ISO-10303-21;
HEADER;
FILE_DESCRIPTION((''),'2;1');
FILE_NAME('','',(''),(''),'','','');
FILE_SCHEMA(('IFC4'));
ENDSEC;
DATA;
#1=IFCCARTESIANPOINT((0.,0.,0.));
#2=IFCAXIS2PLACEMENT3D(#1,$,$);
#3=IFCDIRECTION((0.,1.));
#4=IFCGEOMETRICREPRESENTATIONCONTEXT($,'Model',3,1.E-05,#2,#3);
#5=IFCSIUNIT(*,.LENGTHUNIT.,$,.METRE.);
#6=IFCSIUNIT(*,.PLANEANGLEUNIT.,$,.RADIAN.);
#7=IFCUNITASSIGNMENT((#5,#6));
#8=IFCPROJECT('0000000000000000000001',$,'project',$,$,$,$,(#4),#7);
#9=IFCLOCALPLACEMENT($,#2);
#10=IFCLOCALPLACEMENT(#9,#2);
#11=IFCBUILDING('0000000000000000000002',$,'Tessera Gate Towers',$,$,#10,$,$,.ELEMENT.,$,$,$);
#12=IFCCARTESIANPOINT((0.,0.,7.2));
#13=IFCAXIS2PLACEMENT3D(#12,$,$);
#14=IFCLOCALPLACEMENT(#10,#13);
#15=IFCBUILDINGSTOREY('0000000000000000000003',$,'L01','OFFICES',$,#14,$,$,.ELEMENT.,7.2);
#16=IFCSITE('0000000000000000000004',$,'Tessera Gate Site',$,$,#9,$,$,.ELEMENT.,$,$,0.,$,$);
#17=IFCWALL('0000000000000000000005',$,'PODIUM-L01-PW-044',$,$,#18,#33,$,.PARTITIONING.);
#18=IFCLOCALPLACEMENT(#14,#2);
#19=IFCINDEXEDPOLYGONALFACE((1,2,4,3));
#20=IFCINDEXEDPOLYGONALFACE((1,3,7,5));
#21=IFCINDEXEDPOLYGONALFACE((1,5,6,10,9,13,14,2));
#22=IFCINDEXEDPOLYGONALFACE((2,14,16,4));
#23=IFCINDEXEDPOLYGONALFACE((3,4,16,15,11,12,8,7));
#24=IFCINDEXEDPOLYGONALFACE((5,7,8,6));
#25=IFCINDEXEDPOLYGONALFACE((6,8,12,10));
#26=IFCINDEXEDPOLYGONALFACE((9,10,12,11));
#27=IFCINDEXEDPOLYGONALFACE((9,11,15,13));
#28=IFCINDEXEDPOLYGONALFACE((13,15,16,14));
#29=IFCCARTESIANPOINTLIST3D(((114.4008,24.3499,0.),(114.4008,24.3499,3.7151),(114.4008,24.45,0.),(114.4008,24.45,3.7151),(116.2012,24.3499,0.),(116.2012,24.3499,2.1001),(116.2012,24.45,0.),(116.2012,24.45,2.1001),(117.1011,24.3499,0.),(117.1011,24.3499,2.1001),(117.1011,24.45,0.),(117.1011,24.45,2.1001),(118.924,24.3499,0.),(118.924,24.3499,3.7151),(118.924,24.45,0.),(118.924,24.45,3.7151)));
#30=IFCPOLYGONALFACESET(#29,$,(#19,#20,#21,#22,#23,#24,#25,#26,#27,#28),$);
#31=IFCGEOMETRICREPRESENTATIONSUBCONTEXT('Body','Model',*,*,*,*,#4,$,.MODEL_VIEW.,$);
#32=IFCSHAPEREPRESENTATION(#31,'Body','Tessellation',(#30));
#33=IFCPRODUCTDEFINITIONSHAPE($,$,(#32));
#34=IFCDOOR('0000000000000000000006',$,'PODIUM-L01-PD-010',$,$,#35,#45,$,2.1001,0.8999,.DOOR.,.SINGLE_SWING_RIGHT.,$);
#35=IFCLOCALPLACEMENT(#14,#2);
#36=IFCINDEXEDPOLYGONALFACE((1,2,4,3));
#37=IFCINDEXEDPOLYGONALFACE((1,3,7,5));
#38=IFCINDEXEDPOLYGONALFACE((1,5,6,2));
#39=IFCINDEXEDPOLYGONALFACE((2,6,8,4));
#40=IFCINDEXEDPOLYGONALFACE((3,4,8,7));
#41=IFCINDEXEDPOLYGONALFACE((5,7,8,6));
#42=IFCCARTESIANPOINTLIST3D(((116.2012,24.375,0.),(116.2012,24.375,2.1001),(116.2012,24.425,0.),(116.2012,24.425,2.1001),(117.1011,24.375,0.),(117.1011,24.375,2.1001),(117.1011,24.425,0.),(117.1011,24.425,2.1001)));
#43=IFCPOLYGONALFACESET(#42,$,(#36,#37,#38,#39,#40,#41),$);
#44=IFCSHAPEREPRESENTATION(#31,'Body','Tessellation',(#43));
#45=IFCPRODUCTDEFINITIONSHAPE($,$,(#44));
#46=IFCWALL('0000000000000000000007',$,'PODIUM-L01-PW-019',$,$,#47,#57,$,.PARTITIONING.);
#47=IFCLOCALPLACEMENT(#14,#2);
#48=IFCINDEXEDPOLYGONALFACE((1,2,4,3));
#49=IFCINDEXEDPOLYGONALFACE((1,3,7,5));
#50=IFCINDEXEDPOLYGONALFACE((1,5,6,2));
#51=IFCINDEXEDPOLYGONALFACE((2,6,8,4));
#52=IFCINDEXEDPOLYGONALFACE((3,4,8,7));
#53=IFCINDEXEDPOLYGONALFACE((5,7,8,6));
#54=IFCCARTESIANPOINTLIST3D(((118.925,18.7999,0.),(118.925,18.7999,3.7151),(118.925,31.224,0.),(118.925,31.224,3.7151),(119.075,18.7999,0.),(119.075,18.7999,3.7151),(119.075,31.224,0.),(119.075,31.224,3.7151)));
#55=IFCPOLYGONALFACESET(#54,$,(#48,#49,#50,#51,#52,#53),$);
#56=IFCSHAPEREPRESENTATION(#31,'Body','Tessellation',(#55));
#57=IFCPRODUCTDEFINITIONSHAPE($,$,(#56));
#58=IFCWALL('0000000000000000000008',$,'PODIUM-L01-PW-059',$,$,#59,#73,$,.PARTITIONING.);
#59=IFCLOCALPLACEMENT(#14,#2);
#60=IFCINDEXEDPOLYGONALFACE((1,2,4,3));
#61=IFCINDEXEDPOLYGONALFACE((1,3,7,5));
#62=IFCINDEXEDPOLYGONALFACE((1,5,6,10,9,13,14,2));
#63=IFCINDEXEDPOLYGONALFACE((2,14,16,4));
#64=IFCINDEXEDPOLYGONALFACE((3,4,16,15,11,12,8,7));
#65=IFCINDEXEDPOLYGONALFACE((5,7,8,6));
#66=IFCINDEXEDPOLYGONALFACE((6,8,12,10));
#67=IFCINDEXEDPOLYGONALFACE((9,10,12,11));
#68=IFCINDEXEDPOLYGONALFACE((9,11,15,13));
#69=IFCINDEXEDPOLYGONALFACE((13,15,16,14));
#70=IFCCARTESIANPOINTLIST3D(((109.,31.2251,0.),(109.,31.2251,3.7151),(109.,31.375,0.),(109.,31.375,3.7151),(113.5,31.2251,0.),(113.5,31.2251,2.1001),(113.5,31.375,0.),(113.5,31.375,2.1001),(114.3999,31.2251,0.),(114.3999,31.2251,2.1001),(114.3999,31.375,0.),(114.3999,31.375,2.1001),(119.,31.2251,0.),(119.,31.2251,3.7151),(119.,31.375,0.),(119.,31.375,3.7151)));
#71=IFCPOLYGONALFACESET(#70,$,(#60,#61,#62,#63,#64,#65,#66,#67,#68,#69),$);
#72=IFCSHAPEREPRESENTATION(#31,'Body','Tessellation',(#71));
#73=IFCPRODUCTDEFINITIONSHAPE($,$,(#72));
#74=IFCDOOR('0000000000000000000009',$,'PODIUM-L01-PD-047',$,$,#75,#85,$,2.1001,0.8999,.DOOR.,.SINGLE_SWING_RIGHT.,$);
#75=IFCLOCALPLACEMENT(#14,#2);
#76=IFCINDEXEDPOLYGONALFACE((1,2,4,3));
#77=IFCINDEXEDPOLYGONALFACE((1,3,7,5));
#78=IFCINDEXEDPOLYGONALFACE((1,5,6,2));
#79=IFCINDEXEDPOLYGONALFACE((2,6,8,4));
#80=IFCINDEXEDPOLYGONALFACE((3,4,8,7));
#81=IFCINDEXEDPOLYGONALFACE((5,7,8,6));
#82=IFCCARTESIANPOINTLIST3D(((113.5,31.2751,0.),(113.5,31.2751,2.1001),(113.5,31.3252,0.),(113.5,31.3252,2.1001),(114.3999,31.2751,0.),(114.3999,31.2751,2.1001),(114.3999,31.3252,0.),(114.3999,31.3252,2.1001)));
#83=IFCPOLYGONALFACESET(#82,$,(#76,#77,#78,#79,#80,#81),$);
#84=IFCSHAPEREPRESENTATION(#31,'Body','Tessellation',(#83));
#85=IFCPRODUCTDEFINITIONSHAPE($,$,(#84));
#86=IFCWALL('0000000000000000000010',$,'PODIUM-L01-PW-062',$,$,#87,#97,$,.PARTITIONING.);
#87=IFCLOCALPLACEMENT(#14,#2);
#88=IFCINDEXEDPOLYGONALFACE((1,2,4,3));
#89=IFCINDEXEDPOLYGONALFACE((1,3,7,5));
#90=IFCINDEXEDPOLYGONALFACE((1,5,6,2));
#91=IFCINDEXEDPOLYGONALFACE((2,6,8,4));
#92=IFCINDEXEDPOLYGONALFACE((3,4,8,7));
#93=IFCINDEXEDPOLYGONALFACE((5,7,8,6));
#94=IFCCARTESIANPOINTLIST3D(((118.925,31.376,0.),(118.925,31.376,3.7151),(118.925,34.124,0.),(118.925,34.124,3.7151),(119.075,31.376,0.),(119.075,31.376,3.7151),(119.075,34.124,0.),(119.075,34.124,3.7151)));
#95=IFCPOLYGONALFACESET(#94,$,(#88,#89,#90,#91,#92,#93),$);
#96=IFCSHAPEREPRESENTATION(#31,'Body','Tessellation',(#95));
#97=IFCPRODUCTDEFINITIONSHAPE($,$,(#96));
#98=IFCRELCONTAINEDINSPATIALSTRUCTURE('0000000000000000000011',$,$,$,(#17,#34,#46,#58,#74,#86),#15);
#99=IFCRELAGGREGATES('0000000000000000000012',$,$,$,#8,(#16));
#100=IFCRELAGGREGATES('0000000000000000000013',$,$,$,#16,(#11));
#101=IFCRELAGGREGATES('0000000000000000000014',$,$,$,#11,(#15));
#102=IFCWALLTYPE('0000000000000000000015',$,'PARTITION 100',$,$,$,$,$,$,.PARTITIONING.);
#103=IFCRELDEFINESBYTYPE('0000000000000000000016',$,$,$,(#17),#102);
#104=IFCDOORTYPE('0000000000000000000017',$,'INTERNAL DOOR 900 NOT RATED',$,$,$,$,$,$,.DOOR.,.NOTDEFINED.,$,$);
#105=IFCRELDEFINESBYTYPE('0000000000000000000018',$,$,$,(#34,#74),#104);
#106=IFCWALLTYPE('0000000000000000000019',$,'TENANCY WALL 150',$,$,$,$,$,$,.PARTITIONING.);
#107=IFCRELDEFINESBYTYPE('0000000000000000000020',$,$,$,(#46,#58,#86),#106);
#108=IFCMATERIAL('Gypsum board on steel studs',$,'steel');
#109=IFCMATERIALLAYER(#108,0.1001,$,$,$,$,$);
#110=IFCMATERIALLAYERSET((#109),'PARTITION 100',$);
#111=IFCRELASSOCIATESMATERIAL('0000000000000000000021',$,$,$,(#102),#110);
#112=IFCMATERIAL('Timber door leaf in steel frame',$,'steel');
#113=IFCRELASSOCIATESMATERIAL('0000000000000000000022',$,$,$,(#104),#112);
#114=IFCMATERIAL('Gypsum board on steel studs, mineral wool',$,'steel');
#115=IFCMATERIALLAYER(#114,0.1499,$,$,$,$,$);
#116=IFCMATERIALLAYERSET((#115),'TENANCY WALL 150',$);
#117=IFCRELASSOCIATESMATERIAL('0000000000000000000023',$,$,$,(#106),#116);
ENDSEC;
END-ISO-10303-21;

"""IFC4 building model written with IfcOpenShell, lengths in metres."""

from ifc_helpers import new_model, si_unit, direction, frame, frame_2d, origin, place, context, subcontext, project, spatial, rectangle, extrude, source, transform, mapped, material, layer, layer_set, type_object, element, fill, save


model = new_model("IFC4")

# Units and contexts
model_context = context("Model", 3, precision=1e-05, world=origin(), true_north=direction((0.0, 1.0)))
body_context = subcontext(model_context, "Body", "Model", "MODEL_VIEW")
ifc_project = project(units=[si_unit("LENGTHUNIT", "METRE"), si_unit("PLANEANGLEUNIT", "RADIAN")], contexts=[model_context])

# Site, building, storey
site_placement = place(None, origin())
site = spatial("IfcSite", under=ifc_project, at=site_placement, Name="Tessera Gate Site", CompositionType="ELEMENT", RefElevation=0.0)
building_placement = place(site_placement, origin())
building = spatial("IfcBuilding", under=site, at=building_placement, Name="Tessera Gate Towers", CompositionType="ELEMENT")
storey_placement = place(building_placement, frame((0.0, 0.0, 7.2)))
storey = spatial("IfcBuildingStorey", under=building, at=storey_placement, Name="L01", Description="OFFICES", CompositionType="ELEMENT", Elevation=7.2)

# Shared definitions
shared_shape_1 = source(origin(), body_context, "Body", "SweptSolid", [
    extrude(rectangle(XDim=0.8999, YDim=2.1001, at=frame_2d((0.45, 1.05))), frame((0.0, 0.0601, 0.0), z_axis=(0.0, -1.0, 0.0), x_axis=(1.0, 0.0, 0.0)), (0.0, 0.0, 1.0), 0.1201),
])
shared_shape_2 = source(origin(), body_context, "Body", "SweptSolid", [
    extrude(rectangle(XDim=0.8999, YDim=2.1001, at=frame_2d((0.45, 1.05))), frame((0.0, 0.0249, 0.0), z_axis=(0.0, -1.0, 0.0), x_axis=(1.0, 0.0, 0.0)), (0.0, 0.0, 1.0), 0.05),
])

# Shared definitions
ifc_material_1 = material(Name="Gypsum board on steel studs", Category="steel")
ifc_layer_1 = layer(ifc_material_1, 0.1001)
ifc_layer_set_1 = layer_set([ifc_layer_1], Name="PARTITION 100")
wall_type_1 = type_object("IfcWallType", Name="PARTITION 100", PredefinedType="PARTITIONING", material=ifc_layer_set_1)

# Wall, opening, door
ifc_material_2 = material(Name="Timber door leaf in steel frame", Category="steel")
door_type_1 = type_object("IfcDoorType", Name="INTERNAL DOOR 900 NOT RATED", OperationType="NOTDEFINED", PredefinedType="DOOR", material=ifc_material_2)
wall_1_placement = place(storey_placement, frame((118.9241, 24.3999, 0.0), z_axis=(0.0, 0.0, 1.0), x_axis=(-1.0, 0.0, 0.0)))
wall_1 = element("IfcWall", 1, at=wall_1_placement, inside=storey, type_object=wall_type_1, Name="PODIUM-L01-PW-044", PredefinedType="PARTITIONING", context=body_context, shape_type="SweptSolid", body=[
    extrude(rectangle(XDim=4.5232, YDim=0.1001, at=frame_2d((2.2617, 0.0))), origin(), (0.0, 0.0, 1.0), 3.7151),
])
opening_1_placement = place(wall_1_placement, frame((1.823, 0.0, 0.0)))
opening_1 = element("IfcOpeningElement", 2, at=opening_1_placement, cuts=wall_1, PredefinedType="OPENING", context=body_context, shape_type="MappedRepresentation", body=[
    mapped(shared_shape_1, transform((0.0, 0.0, 0.0), scale=1.0)),
])
door_1_placement = place(opening_1_placement, origin())
door_1 = element("IfcDoor", 3, at=door_1_placement, inside=storey, type_object=door_type_1, Name="PODIUM-L01-PD-010", OperationType="SINGLE_SWING_RIGHT", OverallHeight=2.1001, OverallWidth=0.8999, PredefinedType="DOOR", context=body_context, shape_type="MappedRepresentation", body=[
    mapped(shared_shape_2, transform((0.0, 0.0, 0.0), scale=1.0)),
])
fill(opening_1, door_1)

# Wall
ifc_material_3 = material(Name="Gypsum board on steel studs, mineral wool", Category="steel")
ifc_layer_2 = layer(ifc_material_3, 0.1499)
ifc_layer_set_2 = layer_set([ifc_layer_2], Name="TENANCY WALL 150")
wall_type_2 = type_object("IfcWallType", Name="TENANCY WALL 150", PredefinedType="PARTITIONING", material=ifc_layer_set_2)
wall_2_placement = place(storey_placement, frame((119.0, 18.8, 0.0), z_axis=(0.0, 0.0, 1.0), x_axis=(0.0, 1.0, 0.0)))
element("IfcWall", 4, at=wall_2_placement, inside=storey, type_object=wall_type_2, Name="PODIUM-L01-PW-019", PredefinedType="PARTITIONING", context=body_context, shape_type="SweptSolid", body=[
    extrude(rectangle(XDim=12.4241, YDim=0.1499, at=frame_2d((6.2119, 0.0))), origin(), (0.0, 0.0, 1.0), 3.7151),
])

# Wall, opening, door
wall_3_placement = place(storey_placement, frame((119.0, 31.3, 0.0), z_axis=(0.0, 0.0, 1.0), x_axis=(-1.0, 0.0, 0.0)))
wall_3 = element("IfcWall", 5, at=wall_3_placement, inside=storey, type_object=wall_type_2, Name="PODIUM-L01-PW-059", PredefinedType="PARTITIONING", context=body_context, shape_type="SweptSolid", body=[
    extrude(rectangle(XDim=10.0, YDim=0.1499, at=frame_2d((5.0, 0.0))), origin(), (0.0, 0.0, 1.0), 3.7151),
])
shared_shape_3 = source(origin(), body_context, "Body", "SweptSolid", [
    extrude(rectangle(XDim=0.8999, YDim=2.1001, at=frame_2d((0.45, 1.05))), frame((0.0, 0.085, 0.0), z_axis=(0.0, -1.0, 0.0), x_axis=(1.0, 0.0, 0.0)), (0.0, 0.0, 1.0), 0.1699),
])
opening_2_placement = place(wall_3_placement, frame((4.6001, 0.0, 0.0)))
opening_2 = element("IfcOpeningElement", 6, at=opening_2_placement, cuts=wall_3, PredefinedType="OPENING", context=body_context, shape_type="MappedRepresentation", body=[
    mapped(shared_shape_3, transform((0.0, 0.0, 0.0), scale=1.0)),
])
door_2_placement = place(opening_2_placement, origin())
door_2 = element("IfcDoor", 7, at=door_2_placement, inside=storey, type_object=door_type_1, Name="PODIUM-L01-PD-047", OperationType="SINGLE_SWING_RIGHT", OverallHeight=2.1001, OverallWidth=0.8999, PredefinedType="DOOR", context=body_context, shape_type="MappedRepresentation", body=[
    mapped(shared_shape_2, transform((0.0, 0.0, 0.0), scale=1.0)),
])
fill(opening_2, door_2)

# Wall
wall_4_placement = place(storey_placement, frame((119.0, 31.376, 0.0), z_axis=(0.0, 0.0, 1.0), x_axis=(0.0, 1.0, 0.0)))
element("IfcWall", 8, at=wall_4_placement, inside=storey, type_object=wall_type_2, Name="PODIUM-L01-PW-062", PredefinedType="PARTITIONING", context=body_context, shape_type="SweptSolid", body=[
    extrude(rectangle(XDim=2.748, YDim=0.1499, at=frame_2d((1.374, 0.0))), origin(), (0.0, 0.0, 1.0), 3.7151),
])

save(model, "model.ifc")
